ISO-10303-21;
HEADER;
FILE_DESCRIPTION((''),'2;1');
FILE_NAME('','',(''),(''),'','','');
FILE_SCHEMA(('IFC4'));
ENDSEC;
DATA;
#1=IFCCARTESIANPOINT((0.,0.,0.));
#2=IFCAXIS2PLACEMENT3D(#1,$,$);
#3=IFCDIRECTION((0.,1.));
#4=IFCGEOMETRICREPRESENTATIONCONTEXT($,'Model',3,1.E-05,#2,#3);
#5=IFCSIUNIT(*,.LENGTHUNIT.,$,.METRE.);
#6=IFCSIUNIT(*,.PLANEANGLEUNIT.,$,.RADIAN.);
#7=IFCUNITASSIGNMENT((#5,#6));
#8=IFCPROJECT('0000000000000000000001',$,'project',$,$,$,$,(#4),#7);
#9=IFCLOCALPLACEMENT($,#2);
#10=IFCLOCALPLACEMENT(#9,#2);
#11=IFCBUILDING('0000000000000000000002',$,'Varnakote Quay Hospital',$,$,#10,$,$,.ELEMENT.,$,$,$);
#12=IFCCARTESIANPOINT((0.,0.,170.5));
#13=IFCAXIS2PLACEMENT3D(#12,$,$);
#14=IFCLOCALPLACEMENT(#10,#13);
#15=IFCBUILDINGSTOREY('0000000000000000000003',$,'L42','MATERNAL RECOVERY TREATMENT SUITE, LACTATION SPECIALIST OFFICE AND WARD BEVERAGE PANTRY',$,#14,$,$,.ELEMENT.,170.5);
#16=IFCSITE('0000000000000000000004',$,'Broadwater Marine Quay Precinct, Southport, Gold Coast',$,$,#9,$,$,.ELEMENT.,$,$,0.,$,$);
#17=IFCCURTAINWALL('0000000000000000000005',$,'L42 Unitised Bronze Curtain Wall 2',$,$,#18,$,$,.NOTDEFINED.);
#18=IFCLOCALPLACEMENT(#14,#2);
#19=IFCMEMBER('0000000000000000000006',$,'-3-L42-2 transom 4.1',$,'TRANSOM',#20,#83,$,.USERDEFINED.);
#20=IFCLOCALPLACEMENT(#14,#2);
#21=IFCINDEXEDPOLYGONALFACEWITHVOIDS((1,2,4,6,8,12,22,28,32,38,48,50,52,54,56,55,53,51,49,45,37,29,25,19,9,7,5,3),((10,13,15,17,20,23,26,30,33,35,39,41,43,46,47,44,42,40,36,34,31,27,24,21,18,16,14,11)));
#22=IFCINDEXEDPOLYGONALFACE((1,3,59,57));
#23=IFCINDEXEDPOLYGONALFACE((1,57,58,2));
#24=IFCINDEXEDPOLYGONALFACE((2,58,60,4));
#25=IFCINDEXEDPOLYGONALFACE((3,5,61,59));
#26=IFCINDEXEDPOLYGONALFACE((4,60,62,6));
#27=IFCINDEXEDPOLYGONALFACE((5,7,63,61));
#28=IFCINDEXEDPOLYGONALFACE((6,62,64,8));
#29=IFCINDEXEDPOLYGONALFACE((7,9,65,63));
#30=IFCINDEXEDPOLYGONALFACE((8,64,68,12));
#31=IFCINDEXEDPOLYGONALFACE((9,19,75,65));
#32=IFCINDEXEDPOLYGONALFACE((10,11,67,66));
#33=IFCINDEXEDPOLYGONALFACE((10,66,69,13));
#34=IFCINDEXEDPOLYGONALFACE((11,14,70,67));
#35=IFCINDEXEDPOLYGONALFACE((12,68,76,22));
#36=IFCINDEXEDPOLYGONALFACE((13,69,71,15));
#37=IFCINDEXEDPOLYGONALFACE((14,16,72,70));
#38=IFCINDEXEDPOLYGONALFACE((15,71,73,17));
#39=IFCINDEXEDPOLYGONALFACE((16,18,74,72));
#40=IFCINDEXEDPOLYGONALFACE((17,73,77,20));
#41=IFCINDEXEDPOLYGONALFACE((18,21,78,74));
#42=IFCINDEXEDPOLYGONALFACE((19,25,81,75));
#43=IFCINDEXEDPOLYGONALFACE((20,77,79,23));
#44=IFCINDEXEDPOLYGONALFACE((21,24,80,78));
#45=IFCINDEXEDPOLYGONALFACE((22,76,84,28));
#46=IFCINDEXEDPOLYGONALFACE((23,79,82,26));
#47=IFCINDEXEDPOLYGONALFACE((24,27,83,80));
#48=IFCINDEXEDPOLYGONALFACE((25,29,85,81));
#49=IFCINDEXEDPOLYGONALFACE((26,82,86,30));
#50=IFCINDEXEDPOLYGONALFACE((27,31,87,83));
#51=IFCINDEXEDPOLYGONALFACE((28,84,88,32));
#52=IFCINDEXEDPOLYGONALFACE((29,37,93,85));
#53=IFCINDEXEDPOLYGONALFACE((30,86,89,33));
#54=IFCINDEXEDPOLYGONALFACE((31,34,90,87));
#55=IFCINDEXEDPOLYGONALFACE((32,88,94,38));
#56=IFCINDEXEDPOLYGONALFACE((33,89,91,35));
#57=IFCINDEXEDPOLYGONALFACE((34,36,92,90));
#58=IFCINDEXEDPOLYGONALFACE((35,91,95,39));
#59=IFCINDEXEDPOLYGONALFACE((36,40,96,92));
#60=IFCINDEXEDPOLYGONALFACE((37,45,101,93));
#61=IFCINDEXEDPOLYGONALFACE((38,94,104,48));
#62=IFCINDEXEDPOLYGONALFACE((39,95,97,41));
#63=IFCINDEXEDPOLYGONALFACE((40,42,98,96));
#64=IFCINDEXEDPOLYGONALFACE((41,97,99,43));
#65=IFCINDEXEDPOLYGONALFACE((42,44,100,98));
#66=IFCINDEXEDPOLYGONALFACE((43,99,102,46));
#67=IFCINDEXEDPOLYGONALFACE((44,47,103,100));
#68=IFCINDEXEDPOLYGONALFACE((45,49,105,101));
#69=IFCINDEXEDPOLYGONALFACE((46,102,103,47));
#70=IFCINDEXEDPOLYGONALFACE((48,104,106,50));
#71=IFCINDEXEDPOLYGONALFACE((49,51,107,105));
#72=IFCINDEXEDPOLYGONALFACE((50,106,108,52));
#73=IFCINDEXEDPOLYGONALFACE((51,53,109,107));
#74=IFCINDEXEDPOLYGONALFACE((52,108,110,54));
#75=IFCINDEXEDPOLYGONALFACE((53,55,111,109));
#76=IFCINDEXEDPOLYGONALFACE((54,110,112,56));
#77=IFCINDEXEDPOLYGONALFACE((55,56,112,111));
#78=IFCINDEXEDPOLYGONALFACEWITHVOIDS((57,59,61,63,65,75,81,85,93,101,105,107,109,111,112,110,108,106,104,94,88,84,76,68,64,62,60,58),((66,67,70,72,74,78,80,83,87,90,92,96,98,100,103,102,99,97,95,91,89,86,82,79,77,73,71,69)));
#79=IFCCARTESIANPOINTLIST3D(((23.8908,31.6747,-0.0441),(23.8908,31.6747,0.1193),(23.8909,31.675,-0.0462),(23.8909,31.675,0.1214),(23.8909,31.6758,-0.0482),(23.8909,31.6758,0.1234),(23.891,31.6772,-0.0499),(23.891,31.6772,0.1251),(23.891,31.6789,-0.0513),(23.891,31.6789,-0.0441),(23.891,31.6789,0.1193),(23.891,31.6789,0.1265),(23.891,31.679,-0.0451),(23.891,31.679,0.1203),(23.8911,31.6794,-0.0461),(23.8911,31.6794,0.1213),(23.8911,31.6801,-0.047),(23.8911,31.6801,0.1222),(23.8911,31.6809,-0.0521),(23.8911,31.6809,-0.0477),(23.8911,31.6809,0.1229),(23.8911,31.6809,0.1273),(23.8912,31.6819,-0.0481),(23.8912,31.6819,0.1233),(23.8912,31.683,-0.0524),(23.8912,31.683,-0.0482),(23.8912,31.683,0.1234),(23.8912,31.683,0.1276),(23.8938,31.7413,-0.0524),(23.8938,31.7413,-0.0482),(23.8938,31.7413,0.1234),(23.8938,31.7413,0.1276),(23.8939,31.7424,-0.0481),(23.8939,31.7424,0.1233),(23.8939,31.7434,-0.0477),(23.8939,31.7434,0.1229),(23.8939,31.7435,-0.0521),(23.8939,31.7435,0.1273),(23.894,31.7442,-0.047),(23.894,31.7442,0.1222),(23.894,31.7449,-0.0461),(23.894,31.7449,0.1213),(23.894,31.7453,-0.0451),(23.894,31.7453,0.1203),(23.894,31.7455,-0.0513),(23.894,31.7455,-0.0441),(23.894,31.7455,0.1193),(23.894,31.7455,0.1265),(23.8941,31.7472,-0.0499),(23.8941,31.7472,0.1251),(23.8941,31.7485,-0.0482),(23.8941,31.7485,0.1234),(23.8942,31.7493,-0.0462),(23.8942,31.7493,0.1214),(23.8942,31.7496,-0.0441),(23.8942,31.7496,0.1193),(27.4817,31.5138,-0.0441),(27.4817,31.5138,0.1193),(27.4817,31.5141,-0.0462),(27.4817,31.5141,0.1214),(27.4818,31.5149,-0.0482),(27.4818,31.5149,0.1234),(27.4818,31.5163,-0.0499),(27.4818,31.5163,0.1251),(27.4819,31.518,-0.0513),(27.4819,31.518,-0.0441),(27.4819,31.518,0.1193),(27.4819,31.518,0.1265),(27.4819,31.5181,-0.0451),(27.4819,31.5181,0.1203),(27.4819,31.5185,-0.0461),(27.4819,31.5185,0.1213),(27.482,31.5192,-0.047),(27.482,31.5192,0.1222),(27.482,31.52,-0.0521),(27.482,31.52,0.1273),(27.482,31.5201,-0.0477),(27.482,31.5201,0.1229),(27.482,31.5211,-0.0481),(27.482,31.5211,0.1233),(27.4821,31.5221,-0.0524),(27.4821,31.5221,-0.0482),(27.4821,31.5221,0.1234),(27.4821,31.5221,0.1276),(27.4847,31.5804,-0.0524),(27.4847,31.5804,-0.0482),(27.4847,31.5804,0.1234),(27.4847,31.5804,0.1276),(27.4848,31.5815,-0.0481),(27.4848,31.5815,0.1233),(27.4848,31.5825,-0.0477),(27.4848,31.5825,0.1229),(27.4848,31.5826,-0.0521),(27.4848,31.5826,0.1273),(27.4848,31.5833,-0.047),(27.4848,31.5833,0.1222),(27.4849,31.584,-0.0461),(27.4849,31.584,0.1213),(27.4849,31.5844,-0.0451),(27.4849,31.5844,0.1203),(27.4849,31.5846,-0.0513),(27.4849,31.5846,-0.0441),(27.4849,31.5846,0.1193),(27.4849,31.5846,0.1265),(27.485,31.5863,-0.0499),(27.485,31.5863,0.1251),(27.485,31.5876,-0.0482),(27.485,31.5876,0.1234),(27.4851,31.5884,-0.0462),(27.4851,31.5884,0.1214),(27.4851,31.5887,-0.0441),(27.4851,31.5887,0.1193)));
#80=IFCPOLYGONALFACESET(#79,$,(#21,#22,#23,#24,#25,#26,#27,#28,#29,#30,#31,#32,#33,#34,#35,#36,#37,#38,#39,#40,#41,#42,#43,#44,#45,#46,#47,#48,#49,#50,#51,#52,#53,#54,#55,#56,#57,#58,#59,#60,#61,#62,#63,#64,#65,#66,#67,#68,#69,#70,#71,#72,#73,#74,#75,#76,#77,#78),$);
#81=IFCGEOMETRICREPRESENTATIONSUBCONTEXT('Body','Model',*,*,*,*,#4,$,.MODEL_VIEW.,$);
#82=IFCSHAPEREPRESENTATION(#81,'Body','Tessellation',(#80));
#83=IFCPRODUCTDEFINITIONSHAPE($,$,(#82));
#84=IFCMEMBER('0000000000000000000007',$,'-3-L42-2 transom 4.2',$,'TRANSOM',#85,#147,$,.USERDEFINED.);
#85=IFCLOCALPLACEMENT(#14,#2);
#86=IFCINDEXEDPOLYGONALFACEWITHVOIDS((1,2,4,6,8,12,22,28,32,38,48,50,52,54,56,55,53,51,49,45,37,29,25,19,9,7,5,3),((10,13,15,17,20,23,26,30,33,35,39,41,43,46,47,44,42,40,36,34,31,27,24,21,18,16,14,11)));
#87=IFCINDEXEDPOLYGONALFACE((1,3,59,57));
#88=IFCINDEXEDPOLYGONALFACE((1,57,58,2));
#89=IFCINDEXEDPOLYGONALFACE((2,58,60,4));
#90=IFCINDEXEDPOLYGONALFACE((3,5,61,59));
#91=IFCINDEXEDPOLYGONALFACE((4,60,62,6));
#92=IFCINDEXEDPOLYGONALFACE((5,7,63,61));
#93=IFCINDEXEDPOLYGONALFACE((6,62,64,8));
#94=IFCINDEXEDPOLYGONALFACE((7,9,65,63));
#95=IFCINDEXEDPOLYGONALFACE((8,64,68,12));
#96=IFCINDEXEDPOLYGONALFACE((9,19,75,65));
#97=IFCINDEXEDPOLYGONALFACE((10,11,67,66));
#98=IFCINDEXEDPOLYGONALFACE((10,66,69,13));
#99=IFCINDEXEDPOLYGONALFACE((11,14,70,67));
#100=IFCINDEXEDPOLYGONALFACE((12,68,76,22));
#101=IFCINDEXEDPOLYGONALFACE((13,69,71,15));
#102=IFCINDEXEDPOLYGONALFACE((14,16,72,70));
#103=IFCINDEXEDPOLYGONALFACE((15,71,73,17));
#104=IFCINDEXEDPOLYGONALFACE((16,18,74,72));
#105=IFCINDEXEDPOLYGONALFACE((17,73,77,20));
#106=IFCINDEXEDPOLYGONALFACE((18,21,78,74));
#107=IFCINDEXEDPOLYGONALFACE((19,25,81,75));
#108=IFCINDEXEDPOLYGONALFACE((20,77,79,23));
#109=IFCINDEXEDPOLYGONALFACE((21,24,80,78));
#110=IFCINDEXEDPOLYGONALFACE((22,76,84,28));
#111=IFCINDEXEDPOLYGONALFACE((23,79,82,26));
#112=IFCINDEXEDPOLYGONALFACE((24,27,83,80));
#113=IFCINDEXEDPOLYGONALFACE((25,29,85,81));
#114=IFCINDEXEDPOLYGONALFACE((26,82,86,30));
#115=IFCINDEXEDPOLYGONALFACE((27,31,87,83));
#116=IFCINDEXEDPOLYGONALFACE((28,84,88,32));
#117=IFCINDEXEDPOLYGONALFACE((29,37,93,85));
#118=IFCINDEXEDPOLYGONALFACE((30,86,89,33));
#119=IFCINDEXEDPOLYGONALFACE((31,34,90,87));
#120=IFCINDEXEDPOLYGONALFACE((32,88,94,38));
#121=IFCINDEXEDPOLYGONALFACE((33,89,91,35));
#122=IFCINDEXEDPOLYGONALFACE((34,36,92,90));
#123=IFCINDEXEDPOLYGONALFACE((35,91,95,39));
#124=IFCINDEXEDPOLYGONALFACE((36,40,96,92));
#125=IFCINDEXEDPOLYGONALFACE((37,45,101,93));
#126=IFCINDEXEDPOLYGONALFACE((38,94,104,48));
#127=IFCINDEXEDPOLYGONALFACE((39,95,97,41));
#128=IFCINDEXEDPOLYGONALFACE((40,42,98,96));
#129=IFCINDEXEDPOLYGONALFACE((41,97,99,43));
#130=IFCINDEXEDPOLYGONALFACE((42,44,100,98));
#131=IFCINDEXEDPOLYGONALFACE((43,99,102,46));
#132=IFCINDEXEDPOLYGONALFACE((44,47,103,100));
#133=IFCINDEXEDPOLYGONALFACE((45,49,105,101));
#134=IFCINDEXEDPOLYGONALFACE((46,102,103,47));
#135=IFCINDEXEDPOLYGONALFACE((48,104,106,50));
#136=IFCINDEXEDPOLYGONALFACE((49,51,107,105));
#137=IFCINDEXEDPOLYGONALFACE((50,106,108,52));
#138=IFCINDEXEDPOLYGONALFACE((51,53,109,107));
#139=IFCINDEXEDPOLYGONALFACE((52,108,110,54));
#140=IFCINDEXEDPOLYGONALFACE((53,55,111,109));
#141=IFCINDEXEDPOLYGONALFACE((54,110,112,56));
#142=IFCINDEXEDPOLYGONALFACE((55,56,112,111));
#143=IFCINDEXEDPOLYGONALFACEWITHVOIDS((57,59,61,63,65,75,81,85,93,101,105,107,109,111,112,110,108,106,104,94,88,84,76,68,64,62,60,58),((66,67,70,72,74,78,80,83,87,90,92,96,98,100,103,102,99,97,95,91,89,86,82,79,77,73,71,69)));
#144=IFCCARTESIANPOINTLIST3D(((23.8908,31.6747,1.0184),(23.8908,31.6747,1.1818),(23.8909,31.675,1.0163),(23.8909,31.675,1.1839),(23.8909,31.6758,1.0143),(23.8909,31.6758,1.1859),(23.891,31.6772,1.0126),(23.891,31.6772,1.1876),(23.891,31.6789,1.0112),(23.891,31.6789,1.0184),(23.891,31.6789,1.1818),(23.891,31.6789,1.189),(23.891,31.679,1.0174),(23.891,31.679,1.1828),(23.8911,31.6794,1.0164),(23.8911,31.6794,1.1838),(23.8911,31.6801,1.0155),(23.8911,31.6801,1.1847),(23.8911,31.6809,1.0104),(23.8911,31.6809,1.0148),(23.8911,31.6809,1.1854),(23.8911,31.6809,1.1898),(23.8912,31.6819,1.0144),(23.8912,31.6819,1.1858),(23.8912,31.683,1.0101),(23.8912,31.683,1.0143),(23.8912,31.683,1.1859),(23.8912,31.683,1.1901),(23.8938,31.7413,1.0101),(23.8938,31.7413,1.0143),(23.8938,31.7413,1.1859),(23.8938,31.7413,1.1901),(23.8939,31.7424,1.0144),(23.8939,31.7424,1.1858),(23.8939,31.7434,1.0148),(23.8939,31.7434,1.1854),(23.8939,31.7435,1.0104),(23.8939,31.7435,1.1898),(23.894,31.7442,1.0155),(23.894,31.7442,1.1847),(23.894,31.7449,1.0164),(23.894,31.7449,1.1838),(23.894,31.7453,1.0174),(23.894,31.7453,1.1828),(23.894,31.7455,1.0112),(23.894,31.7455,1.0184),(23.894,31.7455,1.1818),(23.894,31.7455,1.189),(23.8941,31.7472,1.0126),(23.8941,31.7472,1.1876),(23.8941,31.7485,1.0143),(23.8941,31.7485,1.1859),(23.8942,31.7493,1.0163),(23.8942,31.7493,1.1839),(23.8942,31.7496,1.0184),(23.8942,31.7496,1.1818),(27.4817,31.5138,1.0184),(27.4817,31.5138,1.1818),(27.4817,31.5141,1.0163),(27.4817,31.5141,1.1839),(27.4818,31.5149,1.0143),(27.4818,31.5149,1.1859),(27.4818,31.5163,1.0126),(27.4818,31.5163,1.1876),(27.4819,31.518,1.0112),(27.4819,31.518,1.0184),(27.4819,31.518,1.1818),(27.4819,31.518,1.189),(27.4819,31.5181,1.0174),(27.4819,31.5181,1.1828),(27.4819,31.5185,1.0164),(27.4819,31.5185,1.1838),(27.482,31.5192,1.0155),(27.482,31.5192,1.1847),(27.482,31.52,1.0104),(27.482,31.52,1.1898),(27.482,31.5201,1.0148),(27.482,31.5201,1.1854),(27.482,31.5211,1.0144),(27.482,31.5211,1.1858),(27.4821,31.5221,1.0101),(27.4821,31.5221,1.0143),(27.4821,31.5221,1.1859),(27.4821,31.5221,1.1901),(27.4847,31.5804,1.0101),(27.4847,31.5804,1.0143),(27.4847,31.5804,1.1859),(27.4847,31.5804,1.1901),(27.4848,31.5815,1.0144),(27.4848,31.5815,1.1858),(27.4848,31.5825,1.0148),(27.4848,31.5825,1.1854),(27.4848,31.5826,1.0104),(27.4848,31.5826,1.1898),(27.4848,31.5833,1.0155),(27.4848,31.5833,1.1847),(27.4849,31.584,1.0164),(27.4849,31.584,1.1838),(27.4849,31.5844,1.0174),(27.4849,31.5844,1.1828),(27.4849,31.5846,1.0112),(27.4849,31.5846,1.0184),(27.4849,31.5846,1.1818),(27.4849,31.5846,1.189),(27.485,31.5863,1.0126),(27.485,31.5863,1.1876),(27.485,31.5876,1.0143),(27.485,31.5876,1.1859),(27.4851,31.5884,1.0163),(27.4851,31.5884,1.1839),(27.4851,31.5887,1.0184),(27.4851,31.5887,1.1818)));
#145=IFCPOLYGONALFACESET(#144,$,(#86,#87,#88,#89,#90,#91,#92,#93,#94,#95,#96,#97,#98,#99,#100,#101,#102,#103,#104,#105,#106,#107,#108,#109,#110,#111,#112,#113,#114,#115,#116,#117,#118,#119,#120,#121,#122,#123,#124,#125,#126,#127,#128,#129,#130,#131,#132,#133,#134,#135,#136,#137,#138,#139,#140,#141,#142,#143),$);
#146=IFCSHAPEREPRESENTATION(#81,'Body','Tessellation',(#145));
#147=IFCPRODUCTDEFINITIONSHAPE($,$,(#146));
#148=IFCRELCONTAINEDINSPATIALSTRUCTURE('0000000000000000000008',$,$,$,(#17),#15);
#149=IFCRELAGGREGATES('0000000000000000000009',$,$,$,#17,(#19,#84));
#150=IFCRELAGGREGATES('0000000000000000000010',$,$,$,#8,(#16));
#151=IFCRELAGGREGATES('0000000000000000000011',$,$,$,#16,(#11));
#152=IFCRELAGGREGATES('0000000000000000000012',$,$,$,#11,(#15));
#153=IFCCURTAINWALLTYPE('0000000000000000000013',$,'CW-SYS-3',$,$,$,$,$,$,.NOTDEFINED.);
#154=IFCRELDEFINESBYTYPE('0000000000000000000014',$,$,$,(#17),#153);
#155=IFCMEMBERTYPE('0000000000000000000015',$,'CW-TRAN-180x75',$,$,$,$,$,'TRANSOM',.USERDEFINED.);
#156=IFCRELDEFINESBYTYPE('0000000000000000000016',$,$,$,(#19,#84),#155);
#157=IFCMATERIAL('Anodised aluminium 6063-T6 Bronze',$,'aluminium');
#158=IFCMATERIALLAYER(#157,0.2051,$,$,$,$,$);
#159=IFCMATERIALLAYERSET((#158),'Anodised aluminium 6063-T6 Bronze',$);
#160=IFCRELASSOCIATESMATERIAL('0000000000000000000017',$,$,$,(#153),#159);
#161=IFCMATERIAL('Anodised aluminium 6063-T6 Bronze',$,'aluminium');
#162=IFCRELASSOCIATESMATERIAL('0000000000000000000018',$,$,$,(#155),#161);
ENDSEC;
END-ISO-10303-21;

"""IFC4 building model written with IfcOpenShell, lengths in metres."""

from ifc_helpers import new_model, si_unit, direction, frame, origin, origin_2d, place, context, subcontext, project, spatial, hollow_rectangle, extrude, material, layer, layer_set, material_profile, profile_set, type_object, element, aggregate, save


model = new_model("IFC4")

# Units and contexts
model_context = context("Model", 3, precision=1e-05, world=origin(), true_north=direction((0.0, 1.0)))
body_context = subcontext(model_context, "Body", "Model", "MODEL_VIEW")
ifc_project = project(units=[si_unit("LENGTHUNIT", "METRE"), si_unit("PLANEANGLEUNIT", "RADIAN")], contexts=[model_context])

# Site, building, storey
site_placement = place(None, origin())
site = spatial("IfcSite", under=ifc_project, at=site_placement, Name="Broadwater Marine Quay Precinct, Southport, Gold Coast", CompositionType="ELEMENT", RefElevation=0.0)
building_placement = place(site_placement, origin())
building = spatial("IfcBuilding", under=site, at=building_placement, Name="Varnakote Quay Hospital", CompositionType="ELEMENT")
storey_placement = place(building_placement, frame((0.0, 0.0, 170.5)))
storey = spatial("IfcBuildingStorey", under=building, at=storey_placement, Name="L42", Description="MATERNAL RECOVERY TREATMENT SUITE, LACTATION SPECIALIST OFFICE AND WARD BEVERAGE PANTRY", CompositionType="ELEMENT", Elevation=170.5)

# Shared definitions
ifc_material_1 = material(Name="Anodised aluminium 6063-T6 Bronze", Category="aluminium")
ifc_layer_1 = layer(ifc_material_1, 0.2051)
ifc_layer_set_1 = layer_set([ifc_layer_1], Name="Anodised aluminium 6063-T6 Bronze")
curtain_wall_type = type_object("IfcCurtainWallType", Name="CW-SYS-3", PredefinedType="NOTDEFINED", material=ifc_layer_set_1)

# Curtain wall, members
curtain_wall_1_placement = place(storey_placement, origin())
curtain_wall_1 = element("IfcCurtainWall", 1, at=curtain_wall_1_placement, inside=storey, type_object=curtain_wall_type, Name="L42 Unitised Bronze Curtain Wall 2", PredefinedType="NOTDEFINED")
ifc_material_2 = material(Name="Anodised aluminium 6063-T6 Bronze", Category="aluminium")
ifc_material_profile_1 = material_profile(ifc_material_2, hollow_rectangle(XDim=0.075, YDim=0.1799, WallThickness=0.0042, InnerFilletRadius=0.0042, OuterFilletRadius=0.0083, at=origin_2d()), Name="CW-TRAN-180x75")
ifc_profile_set_1 = profile_set([ifc_material_profile_1], Name="Anodised aluminium 6063-T6 Bronze")
member_type_1 = type_object("IfcMemberType", Name="CW-TRAN-180x75", ElementType="TRANSOM", PredefinedType="USERDEFINED", material=ifc_profile_set_1)
member_1_placement = place(storey_placement, frame((27.4834, 31.5513, 0.0376), z_axis=(-0.998998, 0.044761, 0.0), x_axis=(-0.044761, -0.998998, 0.0)))
member_1 = element("IfcMember", 2, at=member_1_placement, type_object=member_type_1, Name="-3-L42-2 transom 4.1", ObjectType="TRANSOM", PredefinedType="USERDEFINED", context=body_context, shape_type="SweptSolid", body=[
    extrude(hollow_rectangle(XDim=0.075, YDim=0.1799, WallThickness=0.0042, InnerFilletRadius=0.0042, OuterFilletRadius=0.0083, at=origin_2d()), origin(), (0.0, 0.0, 1.0), 3.5945),
])
member_2_placement = place(storey_placement, frame((27.4834, 31.5513, 1.1001), z_axis=(-0.998998, 0.044761, 0.0), x_axis=(-0.044761, -0.998998, 0.0)))
member_2 = element("IfcMember", 3, at=member_2_placement, type_object=member_type_1, Name="-3-L42-2 transom 4.2", ObjectType="TRANSOM", PredefinedType="USERDEFINED", context=body_context, shape_type="SweptSolid", body=[
    extrude(hollow_rectangle(XDim=0.075, YDim=0.1799, WallThickness=0.0042, InnerFilletRadius=0.0042, OuterFilletRadius=0.0083, at=origin_2d()), origin(), (0.0, 0.0, 1.0), 3.5945),
])

aggregate(curtain_wall_1, [member_1, member_2])

save(model, "model.ifc")
